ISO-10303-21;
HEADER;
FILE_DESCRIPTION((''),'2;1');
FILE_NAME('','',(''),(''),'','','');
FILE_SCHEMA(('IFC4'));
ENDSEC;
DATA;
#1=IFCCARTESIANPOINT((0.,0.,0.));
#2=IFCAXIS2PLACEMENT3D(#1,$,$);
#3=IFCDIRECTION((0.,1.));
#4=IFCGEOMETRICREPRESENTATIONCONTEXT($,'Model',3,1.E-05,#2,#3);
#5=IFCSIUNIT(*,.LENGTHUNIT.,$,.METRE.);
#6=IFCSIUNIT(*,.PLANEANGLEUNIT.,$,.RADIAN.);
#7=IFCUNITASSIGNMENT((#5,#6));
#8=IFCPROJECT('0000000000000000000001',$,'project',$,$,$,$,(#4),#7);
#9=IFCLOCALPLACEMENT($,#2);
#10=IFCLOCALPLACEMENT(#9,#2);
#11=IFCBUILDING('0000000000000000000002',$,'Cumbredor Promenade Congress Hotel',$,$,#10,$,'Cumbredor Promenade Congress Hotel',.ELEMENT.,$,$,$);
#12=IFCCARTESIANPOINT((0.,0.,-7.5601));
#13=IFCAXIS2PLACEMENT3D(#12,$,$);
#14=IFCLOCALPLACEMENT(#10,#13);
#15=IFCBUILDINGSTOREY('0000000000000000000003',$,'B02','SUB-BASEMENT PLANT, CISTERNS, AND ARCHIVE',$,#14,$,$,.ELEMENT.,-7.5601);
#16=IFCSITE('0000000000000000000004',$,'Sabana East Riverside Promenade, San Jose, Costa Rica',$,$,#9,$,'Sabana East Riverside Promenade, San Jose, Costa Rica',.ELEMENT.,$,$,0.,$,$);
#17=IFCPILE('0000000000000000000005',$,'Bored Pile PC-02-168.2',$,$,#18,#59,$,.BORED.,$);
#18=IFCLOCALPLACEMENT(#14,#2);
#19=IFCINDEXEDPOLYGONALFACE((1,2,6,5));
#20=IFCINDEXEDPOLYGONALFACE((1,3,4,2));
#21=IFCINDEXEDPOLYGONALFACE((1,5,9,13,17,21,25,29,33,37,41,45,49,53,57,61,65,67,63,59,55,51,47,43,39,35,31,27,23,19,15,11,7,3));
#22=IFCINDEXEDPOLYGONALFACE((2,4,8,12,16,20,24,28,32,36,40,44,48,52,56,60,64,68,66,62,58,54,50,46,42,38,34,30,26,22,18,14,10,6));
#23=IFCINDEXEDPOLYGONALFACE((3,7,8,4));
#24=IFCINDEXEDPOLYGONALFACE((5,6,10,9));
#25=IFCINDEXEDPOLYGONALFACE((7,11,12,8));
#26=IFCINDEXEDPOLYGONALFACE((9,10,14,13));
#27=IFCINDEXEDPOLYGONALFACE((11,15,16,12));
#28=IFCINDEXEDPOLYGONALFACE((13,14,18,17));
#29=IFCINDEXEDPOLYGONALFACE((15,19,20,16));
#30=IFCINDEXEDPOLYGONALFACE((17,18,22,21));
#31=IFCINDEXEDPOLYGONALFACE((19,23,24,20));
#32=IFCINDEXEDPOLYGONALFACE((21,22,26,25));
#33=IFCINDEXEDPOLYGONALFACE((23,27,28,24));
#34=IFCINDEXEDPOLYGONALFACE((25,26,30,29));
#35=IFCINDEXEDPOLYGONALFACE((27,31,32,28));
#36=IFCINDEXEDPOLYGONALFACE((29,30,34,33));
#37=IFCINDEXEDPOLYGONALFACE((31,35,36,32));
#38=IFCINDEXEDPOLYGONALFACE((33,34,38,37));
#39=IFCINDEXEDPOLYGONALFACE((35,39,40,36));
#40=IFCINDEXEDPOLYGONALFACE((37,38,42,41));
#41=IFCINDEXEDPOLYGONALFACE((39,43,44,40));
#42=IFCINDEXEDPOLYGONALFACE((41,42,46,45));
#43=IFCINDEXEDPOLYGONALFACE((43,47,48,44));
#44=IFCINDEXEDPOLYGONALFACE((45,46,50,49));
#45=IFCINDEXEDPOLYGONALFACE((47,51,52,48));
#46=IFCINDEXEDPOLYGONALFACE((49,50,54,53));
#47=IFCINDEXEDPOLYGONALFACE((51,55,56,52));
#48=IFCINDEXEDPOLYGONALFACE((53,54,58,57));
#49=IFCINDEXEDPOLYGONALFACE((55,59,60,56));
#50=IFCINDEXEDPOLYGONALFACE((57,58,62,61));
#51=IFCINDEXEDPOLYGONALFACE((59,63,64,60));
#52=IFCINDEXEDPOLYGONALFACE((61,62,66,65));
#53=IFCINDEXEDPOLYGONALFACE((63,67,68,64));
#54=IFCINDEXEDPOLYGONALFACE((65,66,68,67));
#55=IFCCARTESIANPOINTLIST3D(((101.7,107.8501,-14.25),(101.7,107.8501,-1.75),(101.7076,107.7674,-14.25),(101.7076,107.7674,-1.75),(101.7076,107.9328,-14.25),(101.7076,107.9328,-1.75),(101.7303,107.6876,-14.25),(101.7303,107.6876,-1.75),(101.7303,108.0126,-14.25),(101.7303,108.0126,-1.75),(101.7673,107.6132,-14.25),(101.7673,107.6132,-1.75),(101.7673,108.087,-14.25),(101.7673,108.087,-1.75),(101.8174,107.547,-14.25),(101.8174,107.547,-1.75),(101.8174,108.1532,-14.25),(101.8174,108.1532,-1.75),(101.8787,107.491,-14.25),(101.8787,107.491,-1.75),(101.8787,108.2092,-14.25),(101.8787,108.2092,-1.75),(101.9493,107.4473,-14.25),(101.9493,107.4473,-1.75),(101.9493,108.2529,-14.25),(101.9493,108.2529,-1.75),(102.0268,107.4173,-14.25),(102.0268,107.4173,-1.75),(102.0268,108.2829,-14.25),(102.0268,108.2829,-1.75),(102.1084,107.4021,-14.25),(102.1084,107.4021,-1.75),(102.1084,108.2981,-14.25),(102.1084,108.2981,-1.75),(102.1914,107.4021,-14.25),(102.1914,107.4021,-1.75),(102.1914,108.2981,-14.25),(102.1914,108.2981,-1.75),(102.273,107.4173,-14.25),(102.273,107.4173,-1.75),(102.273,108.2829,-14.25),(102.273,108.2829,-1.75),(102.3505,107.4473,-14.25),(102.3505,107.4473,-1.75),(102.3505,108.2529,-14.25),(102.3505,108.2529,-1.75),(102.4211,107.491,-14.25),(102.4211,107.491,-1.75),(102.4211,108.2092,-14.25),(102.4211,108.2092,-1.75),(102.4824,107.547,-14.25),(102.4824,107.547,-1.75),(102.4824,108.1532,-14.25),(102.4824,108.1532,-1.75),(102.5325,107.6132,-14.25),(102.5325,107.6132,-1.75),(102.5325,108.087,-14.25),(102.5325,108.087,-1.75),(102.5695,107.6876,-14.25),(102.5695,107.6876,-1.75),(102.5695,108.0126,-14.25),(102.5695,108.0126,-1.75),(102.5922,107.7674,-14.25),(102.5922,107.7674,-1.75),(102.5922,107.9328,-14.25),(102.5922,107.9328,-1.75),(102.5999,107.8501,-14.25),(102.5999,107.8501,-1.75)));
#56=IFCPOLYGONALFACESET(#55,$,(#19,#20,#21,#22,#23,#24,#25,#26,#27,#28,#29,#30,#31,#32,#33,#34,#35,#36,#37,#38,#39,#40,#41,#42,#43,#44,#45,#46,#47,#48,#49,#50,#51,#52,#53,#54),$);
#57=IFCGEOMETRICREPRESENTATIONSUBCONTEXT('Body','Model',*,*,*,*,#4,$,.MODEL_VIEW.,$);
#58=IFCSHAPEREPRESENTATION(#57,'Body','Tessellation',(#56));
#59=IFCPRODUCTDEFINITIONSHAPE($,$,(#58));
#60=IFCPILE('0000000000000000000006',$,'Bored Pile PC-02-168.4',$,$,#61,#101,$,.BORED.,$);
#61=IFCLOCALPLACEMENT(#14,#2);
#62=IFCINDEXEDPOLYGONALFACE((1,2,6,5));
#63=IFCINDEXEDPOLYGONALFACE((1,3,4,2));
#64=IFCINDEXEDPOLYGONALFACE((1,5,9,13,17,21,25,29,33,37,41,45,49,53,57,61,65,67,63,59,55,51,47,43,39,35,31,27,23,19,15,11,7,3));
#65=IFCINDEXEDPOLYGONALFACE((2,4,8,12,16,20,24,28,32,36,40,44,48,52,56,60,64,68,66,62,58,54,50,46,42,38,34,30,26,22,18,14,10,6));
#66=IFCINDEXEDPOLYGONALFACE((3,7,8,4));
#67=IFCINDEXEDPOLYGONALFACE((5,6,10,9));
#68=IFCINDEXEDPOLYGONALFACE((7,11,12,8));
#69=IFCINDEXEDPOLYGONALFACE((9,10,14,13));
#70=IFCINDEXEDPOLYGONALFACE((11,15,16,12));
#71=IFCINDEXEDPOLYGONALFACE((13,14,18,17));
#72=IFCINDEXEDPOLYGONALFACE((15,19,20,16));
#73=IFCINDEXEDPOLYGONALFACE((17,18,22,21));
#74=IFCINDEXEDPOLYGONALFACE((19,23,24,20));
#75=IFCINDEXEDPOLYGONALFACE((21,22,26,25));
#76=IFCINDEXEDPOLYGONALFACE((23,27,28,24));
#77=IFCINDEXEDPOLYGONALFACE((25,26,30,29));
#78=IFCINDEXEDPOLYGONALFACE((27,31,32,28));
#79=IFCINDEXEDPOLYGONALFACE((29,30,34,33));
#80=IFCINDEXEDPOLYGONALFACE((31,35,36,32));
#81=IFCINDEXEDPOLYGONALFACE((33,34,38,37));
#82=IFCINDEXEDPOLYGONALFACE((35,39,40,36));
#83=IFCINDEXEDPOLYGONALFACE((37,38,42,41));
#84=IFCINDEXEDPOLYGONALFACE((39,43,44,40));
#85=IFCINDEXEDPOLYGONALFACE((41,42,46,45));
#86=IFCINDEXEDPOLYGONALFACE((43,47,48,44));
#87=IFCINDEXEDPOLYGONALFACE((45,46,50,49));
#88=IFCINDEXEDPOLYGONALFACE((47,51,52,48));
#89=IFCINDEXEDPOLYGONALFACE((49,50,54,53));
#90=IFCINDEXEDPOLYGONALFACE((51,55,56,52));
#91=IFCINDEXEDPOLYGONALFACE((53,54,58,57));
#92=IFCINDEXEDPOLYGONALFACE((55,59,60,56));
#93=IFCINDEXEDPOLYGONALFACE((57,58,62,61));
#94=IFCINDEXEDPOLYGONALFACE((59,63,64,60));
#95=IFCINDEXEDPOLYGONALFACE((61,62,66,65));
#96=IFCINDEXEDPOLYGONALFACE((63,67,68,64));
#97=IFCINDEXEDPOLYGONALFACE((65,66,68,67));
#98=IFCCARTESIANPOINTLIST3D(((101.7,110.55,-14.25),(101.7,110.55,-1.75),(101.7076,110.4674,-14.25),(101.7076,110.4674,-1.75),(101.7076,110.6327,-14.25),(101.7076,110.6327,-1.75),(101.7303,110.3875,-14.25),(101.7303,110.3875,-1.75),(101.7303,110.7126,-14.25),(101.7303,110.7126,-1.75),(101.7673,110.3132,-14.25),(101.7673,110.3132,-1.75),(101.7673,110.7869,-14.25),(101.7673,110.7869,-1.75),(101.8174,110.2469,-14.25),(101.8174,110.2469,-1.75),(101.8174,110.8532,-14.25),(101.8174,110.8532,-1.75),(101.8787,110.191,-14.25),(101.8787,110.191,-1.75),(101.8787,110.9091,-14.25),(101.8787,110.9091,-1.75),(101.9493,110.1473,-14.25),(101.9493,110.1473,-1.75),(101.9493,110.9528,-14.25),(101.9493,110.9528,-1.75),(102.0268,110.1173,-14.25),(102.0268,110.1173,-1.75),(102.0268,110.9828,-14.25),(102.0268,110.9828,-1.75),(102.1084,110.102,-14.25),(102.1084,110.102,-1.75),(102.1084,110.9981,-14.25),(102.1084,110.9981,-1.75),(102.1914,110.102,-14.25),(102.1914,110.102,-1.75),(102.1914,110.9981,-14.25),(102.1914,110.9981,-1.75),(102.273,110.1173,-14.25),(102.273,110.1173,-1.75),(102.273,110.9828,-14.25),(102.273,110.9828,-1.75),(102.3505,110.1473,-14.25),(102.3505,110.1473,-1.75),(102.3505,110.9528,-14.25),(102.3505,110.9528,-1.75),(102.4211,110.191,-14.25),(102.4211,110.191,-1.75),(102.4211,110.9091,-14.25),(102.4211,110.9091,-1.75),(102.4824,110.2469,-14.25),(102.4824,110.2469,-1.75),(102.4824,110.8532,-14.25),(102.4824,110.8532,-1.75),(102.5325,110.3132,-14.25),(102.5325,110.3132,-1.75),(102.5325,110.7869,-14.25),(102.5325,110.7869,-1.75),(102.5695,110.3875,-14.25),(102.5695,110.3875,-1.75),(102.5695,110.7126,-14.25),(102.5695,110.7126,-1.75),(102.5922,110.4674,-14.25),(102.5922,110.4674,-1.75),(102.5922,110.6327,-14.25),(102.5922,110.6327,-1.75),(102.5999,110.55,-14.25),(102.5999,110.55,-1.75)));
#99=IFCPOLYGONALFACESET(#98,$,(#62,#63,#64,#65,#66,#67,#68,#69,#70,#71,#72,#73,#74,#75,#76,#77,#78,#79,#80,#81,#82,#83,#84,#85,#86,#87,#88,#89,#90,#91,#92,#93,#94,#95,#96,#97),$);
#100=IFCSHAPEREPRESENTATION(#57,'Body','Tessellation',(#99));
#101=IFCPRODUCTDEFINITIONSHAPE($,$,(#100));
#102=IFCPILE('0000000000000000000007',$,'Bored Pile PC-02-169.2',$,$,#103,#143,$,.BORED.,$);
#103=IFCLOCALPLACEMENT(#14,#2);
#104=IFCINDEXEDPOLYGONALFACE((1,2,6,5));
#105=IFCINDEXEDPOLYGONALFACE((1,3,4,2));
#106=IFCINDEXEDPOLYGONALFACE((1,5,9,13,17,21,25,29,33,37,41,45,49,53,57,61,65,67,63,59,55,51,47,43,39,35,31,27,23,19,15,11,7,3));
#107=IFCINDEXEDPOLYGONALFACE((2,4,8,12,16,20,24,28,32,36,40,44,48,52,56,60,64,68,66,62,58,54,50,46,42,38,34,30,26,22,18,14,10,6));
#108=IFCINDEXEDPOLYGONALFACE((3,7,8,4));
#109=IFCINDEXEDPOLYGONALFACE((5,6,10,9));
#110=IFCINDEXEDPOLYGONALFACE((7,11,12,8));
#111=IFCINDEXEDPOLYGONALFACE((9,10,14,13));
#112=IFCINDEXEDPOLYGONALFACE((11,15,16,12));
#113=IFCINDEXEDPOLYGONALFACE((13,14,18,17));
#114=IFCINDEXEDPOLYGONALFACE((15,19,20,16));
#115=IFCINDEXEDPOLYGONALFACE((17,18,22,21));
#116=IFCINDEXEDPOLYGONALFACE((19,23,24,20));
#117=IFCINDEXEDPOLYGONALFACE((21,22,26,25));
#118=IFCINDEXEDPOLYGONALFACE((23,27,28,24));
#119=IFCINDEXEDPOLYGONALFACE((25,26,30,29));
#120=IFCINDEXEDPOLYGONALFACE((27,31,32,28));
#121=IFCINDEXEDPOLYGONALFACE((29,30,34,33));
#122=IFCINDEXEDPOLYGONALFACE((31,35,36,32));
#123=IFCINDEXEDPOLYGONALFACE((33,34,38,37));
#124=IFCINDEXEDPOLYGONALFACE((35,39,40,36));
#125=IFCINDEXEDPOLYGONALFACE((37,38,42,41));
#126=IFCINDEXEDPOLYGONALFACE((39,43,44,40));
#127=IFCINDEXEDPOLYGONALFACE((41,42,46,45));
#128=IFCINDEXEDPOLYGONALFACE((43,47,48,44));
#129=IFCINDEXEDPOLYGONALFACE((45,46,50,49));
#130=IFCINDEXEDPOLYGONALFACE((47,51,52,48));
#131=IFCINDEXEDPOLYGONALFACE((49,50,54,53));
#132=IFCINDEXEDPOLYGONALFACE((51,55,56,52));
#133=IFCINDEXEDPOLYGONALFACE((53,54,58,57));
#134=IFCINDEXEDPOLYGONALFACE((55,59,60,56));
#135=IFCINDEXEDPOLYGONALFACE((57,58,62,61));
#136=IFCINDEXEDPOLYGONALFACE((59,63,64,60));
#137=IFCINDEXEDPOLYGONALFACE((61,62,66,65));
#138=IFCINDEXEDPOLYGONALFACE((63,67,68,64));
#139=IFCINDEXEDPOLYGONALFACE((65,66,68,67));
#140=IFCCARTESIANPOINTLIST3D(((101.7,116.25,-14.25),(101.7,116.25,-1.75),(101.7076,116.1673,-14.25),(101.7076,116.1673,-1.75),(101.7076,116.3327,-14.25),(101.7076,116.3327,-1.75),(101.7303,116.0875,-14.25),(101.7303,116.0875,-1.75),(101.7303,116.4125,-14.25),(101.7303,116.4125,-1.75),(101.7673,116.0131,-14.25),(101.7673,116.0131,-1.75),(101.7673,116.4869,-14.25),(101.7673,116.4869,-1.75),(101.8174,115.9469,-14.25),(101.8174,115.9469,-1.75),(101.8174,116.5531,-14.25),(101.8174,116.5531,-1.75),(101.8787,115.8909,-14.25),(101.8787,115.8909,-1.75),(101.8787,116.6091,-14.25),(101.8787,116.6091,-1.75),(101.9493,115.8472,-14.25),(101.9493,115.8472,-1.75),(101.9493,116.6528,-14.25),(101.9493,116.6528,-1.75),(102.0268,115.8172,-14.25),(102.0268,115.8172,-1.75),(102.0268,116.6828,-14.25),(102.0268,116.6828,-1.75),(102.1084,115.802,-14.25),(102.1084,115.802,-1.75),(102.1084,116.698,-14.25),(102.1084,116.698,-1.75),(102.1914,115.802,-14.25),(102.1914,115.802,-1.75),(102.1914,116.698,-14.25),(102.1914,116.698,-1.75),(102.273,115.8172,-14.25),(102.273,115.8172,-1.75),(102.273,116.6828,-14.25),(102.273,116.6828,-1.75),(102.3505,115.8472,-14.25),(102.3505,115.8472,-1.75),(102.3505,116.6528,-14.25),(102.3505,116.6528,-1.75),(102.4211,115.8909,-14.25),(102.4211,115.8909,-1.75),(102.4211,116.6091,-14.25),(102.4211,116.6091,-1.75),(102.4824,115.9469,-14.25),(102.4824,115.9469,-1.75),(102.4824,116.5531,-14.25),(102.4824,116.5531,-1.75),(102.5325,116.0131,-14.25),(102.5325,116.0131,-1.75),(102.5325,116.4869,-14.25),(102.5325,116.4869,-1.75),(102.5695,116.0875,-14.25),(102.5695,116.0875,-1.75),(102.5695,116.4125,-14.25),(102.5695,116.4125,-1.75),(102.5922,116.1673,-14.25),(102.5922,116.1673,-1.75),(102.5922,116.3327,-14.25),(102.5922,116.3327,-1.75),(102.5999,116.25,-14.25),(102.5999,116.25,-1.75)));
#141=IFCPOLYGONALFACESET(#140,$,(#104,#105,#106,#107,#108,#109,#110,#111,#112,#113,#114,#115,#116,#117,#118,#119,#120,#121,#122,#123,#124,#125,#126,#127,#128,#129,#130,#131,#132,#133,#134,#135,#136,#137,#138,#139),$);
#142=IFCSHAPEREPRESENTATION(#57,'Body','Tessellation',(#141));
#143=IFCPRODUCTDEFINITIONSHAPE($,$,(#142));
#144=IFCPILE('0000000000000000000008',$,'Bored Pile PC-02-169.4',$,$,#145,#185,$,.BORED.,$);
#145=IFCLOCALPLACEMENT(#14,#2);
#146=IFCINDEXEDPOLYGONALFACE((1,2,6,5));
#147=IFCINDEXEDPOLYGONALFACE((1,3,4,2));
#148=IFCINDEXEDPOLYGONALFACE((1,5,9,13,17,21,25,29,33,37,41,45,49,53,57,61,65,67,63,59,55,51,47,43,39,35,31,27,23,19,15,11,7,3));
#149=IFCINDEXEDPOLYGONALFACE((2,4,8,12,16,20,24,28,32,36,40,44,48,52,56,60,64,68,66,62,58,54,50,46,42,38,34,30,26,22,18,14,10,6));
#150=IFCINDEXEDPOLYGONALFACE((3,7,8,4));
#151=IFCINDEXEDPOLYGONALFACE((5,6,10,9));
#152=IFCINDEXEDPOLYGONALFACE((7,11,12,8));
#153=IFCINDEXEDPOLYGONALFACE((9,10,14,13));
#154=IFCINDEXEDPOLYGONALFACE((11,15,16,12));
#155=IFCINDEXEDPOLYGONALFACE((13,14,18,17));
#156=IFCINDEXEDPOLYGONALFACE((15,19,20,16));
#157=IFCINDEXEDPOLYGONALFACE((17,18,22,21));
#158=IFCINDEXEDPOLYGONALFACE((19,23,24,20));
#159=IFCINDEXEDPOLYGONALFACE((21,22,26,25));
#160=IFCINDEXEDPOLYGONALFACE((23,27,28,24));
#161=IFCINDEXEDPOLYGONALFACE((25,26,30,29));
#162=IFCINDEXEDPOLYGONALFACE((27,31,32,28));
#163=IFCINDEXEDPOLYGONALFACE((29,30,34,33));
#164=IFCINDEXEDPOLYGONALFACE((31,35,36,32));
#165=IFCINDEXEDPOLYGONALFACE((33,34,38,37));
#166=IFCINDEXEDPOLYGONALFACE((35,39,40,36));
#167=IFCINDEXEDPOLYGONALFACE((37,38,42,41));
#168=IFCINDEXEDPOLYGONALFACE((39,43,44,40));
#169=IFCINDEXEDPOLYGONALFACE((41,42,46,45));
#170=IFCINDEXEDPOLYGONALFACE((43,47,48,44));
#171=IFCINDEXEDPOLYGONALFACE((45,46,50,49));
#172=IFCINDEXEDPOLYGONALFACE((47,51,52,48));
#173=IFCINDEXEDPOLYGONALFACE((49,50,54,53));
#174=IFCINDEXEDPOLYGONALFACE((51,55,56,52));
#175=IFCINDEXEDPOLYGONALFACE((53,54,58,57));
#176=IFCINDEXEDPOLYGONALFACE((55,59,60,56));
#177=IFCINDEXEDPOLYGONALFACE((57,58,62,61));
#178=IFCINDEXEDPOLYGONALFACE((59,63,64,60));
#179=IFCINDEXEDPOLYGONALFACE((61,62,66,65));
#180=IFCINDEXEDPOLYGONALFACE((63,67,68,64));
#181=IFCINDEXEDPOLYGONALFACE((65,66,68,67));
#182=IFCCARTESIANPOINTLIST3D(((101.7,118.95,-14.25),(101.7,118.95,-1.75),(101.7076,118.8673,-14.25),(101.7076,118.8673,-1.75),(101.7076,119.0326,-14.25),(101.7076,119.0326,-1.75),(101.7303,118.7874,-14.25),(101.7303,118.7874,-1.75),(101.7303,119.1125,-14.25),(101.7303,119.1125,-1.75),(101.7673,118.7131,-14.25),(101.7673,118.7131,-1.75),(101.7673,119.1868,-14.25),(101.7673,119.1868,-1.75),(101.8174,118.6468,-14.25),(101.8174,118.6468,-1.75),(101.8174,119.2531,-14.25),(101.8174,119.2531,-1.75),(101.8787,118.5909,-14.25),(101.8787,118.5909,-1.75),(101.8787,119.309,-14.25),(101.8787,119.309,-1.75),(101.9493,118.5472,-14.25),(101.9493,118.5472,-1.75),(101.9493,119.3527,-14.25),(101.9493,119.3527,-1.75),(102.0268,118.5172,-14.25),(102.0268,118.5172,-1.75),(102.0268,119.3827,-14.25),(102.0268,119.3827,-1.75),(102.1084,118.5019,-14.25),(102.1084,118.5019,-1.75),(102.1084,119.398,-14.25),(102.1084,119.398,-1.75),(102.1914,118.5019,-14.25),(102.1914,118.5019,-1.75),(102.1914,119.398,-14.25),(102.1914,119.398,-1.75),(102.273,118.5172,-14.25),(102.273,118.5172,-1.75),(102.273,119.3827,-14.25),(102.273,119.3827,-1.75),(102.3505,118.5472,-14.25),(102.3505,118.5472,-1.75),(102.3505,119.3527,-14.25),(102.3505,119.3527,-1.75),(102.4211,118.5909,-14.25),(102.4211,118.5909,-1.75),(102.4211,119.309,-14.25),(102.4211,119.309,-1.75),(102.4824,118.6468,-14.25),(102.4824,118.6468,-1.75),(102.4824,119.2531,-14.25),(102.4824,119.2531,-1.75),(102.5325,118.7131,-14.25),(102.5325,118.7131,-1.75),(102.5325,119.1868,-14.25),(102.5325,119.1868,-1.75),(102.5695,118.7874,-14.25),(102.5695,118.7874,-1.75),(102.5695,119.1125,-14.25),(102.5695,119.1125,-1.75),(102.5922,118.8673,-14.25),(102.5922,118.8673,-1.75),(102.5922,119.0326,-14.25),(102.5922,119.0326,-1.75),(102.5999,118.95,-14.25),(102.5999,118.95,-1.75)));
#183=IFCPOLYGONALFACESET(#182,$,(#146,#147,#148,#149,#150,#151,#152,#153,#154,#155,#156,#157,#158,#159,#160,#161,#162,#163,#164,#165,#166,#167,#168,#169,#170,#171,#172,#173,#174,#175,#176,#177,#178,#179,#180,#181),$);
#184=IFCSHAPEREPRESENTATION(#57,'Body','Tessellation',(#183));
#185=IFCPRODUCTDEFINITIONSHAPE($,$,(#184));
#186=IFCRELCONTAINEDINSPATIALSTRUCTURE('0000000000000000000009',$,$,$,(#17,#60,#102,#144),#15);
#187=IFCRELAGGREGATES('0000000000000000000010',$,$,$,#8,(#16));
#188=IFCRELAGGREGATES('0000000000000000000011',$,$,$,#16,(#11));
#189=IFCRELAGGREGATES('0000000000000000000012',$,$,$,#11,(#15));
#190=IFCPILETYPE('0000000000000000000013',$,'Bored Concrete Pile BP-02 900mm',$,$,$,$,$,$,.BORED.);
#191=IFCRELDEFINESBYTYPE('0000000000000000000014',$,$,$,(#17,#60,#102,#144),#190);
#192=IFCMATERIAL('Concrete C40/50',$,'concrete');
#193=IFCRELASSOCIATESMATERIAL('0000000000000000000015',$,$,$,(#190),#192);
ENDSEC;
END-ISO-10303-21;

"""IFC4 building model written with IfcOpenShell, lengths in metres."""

from ifc_helpers import new_model, si_unit, direction, frame, origin, origin_2d, place, context, subcontext, project, spatial, circle, extrude, material, material_profile, profile_set, type_object, element, save


model = new_model("IFC4")

# Units and contexts
model_context = context("Model", 3, precision=1e-05, world=origin(), true_north=direction((0.0, 1.0)))
body_context = subcontext(model_context, "Body", "Model", "MODEL_VIEW")
ifc_project = project(units=[si_unit("LENGTHUNIT", "METRE"), si_unit("PLANEANGLEUNIT", "RADIAN")], contexts=[model_context])

# Site, building, storey
site_placement = place(None, origin())
site = spatial("IfcSite", under=ifc_project, at=site_placement, Name="Sabana East Riverside Promenade, San Jose, Costa Rica", LongName="Sabana East Riverside Promenade, San Jose, Costa Rica", CompositionType="ELEMENT", RefElevation=0.0)
building_placement = place(site_placement, origin())
building = spatial("IfcBuilding", under=site, at=building_placement, Name="Cumbredor Promenade Congress Hotel", LongName="Cumbredor Promenade Congress Hotel", CompositionType="ELEMENT")
storey_placement = place(building_placement, frame((0.0, 0.0, -7.5601)))
storey = spatial("IfcBuildingStorey", under=building, at=storey_placement, Name="B02", Description="SUB-BASEMENT PLANT, CISTERNS, AND ARCHIVE", CompositionType="ELEMENT", Elevation=-7.5601)

# Piles
ifc_material_1 = material(Name="Concrete C40/50", Category="concrete")
ifc_material_profile_1 = material_profile(ifc_material_1, circle(Radius=0.45, at=origin_2d()), Name="PILE D900")
ifc_profile_set_1 = profile_set([ifc_material_profile_1], Name="Concrete C40/50")
pile_type = type_object("IfcPileType", Name="Bored Concrete Pile BP-02 900mm", PredefinedType="BORED", material=ifc_profile_set_1)
for number, where, z_axis, x_axis, name in (
    (1, (102.1499, 107.8501, -1.75), (0.0, 0.0, -1.0), (1.0, 0.0, 0.0), "Bored Pile PC-02-168.2"),
    (2, (102.1499, 110.55, -1.75), (0.0, 0.0, -1.0), (1.0, 0.0, 0.0), "Bored Pile PC-02-168.4"),
    (3, (102.1499, 116.25, -1.75), (0.0, 0.0, -1.0), (1.0, 0.0, 0.0), "Bored Pile PC-02-169.2"),
    (4, (102.1499, 118.95, -1.75), (0.0, 0.0, -1.0), (1.0, 0.0, 0.0), "Bored Pile PC-02-169.4"),
):
    element("IfcPile", number, at=place(storey_placement, frame(where, z_axis=z_axis, x_axis=x_axis)), inside=storey, type_object=pile_type, Name=name, PredefinedType="BORED", context=body_context, shape_type="SweptSolid", body=[
        extrude(circle(Radius=0.45, at=origin_2d()), origin(), (0.0, 0.0, 1.0), 12.5),
    ])

save(model, "model.ifc")
